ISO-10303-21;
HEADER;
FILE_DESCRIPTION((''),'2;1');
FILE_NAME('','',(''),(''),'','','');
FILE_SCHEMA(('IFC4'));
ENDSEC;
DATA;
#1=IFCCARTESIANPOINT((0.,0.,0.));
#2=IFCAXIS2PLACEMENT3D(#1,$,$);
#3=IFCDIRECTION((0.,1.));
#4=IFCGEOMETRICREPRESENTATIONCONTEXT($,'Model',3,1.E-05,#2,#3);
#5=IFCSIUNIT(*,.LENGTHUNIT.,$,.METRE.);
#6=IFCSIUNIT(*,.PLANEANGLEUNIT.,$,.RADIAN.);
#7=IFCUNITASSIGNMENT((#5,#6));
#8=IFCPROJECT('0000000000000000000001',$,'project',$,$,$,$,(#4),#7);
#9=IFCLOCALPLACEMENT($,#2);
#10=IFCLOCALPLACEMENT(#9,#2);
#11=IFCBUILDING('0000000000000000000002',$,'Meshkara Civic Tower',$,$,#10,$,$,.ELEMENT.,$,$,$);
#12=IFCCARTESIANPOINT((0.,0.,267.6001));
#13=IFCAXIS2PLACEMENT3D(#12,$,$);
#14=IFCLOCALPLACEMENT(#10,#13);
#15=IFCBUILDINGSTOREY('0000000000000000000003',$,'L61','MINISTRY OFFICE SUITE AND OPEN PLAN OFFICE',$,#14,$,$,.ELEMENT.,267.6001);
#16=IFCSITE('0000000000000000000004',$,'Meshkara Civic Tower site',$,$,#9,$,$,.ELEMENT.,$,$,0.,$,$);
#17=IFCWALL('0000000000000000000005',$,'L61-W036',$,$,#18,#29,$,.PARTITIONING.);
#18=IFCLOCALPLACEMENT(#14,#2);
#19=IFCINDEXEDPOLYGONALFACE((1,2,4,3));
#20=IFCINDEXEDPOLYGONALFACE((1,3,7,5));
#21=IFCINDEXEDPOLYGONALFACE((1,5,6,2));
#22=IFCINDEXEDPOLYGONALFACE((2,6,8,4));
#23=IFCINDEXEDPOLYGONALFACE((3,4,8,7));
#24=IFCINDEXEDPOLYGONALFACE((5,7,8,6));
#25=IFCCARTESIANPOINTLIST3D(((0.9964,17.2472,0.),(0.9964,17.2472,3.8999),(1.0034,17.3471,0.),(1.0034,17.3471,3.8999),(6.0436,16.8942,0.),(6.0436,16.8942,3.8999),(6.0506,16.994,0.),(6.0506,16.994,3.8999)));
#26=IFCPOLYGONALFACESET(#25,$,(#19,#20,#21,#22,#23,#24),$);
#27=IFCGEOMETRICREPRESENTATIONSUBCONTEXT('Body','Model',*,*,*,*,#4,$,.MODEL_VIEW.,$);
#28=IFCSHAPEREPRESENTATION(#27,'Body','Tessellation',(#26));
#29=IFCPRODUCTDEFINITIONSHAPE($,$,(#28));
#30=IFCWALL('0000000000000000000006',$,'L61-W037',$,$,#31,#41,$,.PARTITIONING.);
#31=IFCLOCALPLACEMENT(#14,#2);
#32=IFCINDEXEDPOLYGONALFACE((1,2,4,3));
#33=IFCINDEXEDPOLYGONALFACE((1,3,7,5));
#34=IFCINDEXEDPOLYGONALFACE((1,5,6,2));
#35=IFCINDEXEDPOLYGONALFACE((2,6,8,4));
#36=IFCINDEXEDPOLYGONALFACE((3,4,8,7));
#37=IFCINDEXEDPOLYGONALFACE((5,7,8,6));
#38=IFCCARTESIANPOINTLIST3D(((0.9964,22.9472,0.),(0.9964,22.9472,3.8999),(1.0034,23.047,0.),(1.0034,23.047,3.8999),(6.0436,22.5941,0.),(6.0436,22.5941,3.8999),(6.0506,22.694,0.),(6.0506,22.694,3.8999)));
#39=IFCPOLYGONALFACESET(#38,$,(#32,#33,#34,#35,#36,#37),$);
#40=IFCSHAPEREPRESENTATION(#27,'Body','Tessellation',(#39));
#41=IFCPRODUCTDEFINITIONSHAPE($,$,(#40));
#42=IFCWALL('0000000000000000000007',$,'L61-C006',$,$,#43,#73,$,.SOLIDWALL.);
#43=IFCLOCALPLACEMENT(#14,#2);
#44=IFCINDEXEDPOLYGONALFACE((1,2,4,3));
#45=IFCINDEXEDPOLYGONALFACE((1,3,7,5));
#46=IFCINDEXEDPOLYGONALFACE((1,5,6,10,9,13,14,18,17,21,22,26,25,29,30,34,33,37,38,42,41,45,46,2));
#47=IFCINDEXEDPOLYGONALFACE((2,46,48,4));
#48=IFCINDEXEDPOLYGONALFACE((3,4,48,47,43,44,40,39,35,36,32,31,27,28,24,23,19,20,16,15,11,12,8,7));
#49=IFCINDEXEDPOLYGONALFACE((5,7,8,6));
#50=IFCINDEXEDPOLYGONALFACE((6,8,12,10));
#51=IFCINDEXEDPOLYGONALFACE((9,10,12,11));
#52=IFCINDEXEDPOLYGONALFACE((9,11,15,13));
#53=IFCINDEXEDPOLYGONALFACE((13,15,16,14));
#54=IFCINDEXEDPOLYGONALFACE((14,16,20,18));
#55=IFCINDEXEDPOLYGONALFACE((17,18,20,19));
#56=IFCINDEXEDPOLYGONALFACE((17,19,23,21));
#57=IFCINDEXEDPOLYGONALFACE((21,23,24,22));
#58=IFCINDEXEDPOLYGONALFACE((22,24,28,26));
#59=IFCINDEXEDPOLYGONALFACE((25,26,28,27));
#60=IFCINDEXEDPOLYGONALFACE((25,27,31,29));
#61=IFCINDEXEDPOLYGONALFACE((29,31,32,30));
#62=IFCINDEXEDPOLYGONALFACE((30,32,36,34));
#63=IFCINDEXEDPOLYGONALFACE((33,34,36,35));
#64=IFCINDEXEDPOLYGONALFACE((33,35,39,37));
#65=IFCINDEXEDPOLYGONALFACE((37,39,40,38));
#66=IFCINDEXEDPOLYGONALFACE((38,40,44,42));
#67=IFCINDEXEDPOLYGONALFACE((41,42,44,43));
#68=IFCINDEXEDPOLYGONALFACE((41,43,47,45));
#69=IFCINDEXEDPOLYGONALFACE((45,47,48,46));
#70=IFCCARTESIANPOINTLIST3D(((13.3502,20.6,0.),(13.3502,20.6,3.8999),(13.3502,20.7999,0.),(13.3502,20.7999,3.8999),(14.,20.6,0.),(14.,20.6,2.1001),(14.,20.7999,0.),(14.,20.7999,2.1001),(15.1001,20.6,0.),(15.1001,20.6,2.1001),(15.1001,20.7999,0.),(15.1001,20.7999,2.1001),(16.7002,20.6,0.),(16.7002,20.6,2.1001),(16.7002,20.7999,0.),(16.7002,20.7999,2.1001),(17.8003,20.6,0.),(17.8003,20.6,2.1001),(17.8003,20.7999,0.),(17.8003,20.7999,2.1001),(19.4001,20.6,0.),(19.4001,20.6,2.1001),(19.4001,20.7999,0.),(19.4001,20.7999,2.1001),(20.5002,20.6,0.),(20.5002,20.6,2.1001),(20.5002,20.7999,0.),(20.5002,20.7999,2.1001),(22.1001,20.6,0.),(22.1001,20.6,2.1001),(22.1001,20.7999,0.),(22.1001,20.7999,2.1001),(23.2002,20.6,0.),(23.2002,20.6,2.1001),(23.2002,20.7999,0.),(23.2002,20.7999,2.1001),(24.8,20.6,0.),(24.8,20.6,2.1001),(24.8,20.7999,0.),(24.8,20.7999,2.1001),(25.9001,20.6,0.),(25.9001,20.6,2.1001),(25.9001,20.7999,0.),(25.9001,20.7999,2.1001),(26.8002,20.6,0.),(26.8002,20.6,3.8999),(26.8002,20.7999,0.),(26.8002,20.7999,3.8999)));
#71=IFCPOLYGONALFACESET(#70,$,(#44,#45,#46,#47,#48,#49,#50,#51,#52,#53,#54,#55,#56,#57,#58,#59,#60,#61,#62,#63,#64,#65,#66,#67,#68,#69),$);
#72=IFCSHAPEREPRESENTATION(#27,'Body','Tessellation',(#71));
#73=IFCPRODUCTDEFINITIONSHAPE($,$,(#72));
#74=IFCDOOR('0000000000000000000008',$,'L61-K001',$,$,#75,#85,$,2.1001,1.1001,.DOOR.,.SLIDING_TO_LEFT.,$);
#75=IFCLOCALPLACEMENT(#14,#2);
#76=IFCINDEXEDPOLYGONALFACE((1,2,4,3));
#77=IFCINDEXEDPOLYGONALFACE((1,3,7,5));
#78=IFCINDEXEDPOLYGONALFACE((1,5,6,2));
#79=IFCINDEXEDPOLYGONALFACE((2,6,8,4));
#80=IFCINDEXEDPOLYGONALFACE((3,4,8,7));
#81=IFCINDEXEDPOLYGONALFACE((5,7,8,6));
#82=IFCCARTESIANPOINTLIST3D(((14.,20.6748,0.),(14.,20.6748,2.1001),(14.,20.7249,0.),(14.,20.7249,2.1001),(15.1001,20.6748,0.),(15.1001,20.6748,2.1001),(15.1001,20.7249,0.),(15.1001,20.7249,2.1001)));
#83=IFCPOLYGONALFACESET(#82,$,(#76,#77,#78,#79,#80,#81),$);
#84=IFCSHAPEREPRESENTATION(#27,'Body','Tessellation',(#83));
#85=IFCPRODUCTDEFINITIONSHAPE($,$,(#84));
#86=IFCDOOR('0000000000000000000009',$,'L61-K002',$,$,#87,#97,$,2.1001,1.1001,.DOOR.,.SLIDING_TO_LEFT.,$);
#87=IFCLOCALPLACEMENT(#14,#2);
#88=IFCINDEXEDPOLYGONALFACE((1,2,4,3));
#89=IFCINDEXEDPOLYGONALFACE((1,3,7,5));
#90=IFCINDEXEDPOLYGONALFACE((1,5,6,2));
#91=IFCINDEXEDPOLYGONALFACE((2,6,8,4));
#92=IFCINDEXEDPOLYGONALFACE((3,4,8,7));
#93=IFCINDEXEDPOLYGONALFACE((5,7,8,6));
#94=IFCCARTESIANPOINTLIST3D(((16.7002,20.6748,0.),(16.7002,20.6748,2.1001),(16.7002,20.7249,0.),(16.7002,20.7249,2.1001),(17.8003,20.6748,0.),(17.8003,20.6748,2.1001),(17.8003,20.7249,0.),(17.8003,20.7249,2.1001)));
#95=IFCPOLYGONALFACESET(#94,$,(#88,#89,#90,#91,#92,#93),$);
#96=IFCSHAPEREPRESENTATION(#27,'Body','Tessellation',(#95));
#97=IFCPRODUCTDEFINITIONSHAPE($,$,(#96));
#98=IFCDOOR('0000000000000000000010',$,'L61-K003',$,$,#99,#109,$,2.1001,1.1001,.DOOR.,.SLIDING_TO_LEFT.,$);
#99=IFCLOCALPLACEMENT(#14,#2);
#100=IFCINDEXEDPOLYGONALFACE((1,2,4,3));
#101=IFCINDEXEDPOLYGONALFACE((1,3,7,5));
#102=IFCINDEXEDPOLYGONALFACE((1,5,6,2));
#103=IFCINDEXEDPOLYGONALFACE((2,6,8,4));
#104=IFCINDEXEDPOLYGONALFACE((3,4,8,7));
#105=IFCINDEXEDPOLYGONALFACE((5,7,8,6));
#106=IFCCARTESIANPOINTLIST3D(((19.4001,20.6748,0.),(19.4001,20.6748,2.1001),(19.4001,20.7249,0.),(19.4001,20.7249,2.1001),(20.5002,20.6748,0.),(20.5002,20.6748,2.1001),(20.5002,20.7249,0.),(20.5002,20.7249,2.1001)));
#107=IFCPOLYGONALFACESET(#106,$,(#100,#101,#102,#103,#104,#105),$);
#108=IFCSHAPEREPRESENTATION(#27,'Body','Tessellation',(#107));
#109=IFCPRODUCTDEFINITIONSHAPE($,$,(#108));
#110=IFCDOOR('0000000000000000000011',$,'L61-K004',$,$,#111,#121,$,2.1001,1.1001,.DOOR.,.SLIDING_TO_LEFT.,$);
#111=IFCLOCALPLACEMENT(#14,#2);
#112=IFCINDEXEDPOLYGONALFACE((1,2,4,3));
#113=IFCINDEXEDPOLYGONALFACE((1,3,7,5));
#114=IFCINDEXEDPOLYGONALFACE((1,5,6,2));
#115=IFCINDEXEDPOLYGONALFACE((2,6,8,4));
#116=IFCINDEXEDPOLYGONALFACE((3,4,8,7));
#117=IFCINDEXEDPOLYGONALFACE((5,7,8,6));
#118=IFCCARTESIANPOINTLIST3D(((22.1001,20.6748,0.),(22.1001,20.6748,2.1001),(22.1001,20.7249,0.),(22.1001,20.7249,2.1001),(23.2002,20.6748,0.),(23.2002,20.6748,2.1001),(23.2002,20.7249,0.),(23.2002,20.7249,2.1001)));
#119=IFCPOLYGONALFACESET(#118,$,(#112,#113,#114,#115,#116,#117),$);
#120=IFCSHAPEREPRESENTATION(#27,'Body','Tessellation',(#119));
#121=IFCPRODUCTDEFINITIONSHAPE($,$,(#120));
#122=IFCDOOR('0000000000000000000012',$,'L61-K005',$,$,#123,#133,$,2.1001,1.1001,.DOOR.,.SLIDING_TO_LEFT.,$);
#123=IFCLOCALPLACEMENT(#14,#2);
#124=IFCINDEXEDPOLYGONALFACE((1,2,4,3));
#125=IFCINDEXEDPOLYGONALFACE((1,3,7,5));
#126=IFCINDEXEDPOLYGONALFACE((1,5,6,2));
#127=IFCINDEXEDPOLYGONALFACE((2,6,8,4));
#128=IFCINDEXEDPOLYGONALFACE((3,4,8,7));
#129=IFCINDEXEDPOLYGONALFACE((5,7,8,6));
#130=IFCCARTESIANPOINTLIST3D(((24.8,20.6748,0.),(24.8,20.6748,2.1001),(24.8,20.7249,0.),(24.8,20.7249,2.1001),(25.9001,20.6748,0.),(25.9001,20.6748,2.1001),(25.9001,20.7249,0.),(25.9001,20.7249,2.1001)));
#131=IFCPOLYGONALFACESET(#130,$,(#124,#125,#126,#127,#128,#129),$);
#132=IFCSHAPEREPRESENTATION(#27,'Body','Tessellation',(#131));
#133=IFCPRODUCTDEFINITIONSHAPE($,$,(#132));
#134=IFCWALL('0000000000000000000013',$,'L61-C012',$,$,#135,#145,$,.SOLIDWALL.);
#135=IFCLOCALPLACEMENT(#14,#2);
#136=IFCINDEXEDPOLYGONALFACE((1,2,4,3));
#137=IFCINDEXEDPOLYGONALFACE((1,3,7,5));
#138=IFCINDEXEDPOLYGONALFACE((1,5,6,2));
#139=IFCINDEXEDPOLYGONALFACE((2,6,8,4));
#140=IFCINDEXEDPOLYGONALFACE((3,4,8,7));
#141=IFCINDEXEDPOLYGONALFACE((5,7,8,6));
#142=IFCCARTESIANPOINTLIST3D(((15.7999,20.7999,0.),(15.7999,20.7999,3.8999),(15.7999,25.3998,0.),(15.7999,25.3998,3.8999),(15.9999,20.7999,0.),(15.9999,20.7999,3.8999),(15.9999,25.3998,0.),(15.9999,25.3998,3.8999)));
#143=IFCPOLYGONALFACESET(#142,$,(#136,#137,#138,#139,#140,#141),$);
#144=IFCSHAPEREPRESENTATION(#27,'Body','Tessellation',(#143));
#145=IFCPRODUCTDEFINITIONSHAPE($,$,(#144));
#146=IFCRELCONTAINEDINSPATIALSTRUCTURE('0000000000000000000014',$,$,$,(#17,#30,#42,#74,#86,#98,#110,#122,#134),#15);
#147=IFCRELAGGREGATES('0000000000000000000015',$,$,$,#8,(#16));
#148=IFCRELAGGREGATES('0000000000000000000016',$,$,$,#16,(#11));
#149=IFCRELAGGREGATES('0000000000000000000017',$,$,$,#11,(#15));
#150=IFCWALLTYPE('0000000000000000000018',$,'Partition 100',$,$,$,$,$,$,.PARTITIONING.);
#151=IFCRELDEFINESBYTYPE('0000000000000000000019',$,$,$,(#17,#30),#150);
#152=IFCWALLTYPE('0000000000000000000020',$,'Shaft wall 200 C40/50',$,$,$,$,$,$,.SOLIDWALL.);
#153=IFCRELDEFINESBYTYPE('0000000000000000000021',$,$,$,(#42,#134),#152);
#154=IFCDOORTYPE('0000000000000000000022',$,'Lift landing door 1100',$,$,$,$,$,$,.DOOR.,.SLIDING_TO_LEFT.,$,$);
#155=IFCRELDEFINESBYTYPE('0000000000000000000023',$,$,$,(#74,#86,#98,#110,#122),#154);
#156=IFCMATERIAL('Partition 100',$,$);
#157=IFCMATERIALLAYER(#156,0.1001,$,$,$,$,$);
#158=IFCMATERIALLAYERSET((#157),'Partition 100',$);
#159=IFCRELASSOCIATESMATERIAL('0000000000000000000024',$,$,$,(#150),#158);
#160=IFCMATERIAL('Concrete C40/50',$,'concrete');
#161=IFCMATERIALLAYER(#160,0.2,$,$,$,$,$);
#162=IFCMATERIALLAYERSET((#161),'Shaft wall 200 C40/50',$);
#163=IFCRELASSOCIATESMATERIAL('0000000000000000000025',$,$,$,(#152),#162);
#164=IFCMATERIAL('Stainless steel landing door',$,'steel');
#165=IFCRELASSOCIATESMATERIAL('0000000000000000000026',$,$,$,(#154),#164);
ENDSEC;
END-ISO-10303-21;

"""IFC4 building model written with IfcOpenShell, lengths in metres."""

from ifc_helpers import new_model, si_unit, direction, frame, frame_2d, origin, place, context, subcontext, project, spatial, rectangle, extrude, material, layer, layer_set, type_object, element, fill, save


model = new_model("IFC4")

# Units and contexts
model_context = context("Model", 3, precision=1e-05, world=origin(), true_north=direction((0.0, 1.0)))
body_context = subcontext(model_context, "Body", "Model", "MODEL_VIEW")
ifc_project = project(units=[si_unit("LENGTHUNIT", "METRE"), si_unit("PLANEANGLEUNIT", "RADIAN")], contexts=[model_context])

# Site, building, storey
site_placement = place(None, origin())
site = spatial("IfcSite", under=ifc_project, at=site_placement, Name="Meshkara Civic Tower site", CompositionType="ELEMENT", RefElevation=0.0)
building_placement = place(site_placement, origin())
building = spatial("IfcBuilding", under=site, at=building_placement, Name="Meshkara Civic Tower", CompositionType="ELEMENT")
storey_placement = place(building_placement, frame((0.0, 0.0, 267.6001)))
storey = spatial("IfcBuildingStorey", under=building, at=storey_placement, Name="L61", Description="MINISTRY OFFICE SUITE AND OPEN PLAN OFFICE", CompositionType="ELEMENT", Elevation=267.6001)

# Walls
ifc_material_1 = material(Name="Partition 100")
ifc_layer_1 = layer(ifc_material_1, 0.1001)
ifc_layer_set_1 = layer_set([ifc_layer_1], Name="Partition 100")
wall_type_1 = type_object("IfcWallType", Name="Partition 100", PredefinedType="PARTITIONING", material=ifc_layer_set_1)
for number, where, z_axis, x_axis, name in (
    (1, (6.0471, 16.9441, 0.0), (0.0, 0.0, 1.0), (-0.997563, 0.069776, 0.0), "L61-W036"),
    (2, (6.0471, 22.644, 0.0), (0.0, 0.0, 1.0), (-0.997563, 0.069776, 0.0), "L61-W037"),
):
    element("IfcWall", number, at=place(storey_placement, frame(where, z_axis=z_axis, x_axis=x_axis)), inside=storey, type_object=wall_type_1, Name=name, PredefinedType="PARTITIONING", context=body_context, shape_type="SweptSolid", body=[
        extrude(rectangle(XDim=5.0596, YDim=0.1001, at=frame_2d((2.5298, 0.0))), origin(), (0.0, 0.0, 1.0), 3.8999),
    ])

# Wall, openings, doors
ifc_material_2 = material(Name="Concrete C40/50", Category="concrete")
ifc_layer_2 = layer(ifc_material_2, 0.2)
ifc_layer_set_2 = layer_set([ifc_layer_2], Name="Shaft wall 200 C40/50")
wall_type_2 = type_object("IfcWallType", Name="Shaft wall 200 C40/50", PredefinedType="SOLIDWALL", material=ifc_layer_set_2)
wall_1_placement = place(storey_placement, frame((13.3501, 20.7, 0.0), z_axis=(0.0, 0.0, 1.0), x_axis=(1.0, 0.0, 0.0)))
wall_1 = element("IfcWall", 3, at=wall_1_placement, inside=storey, type_object=wall_type_2, Name="L61-C006", PredefinedType="SOLIDWALL", context=body_context, shape_type="SweptSolid", body=[
    extrude(rectangle(XDim=13.45, YDim=0.2, at=frame_2d((6.7251, 0.0))), origin(), (0.0, 0.0, 1.0), 3.8999),
])
opening_1_placement = place(wall_1_placement, frame((0.6499, 0.0, 0.0)))
opening_1 = element("IfcOpeningElement", 4, at=opening_1_placement, cuts=wall_1, PredefinedType="OPENING", context=body_context, shape_type="SweptSolid", body=[
    extrude(rectangle(XDim=1.1001, YDim=2.1001, at=frame_2d((0.55, 1.05))), frame((0.0, 0.1099, 0.0), z_axis=(0.0, -1.0, 0.0), x_axis=(1.0, 0.0, 0.0)), (0.0, 0.0, 1.0), 0.22),
])
opening_2_placement = place(wall_1_placement, frame((3.3501, 0.0, 0.0)))
opening_2 = element("IfcOpeningElement", 5, at=opening_2_placement, cuts=wall_1, PredefinedType="OPENING", context=body_context, shape_type="SweptSolid", body=[
    extrude(rectangle(XDim=1.1001, YDim=2.1001, at=frame_2d((0.55, 1.05))), frame((0.0, 0.1099, 0.0), z_axis=(0.0, -1.0, 0.0), x_axis=(1.0, 0.0, 0.0)), (0.0, 0.0, 1.0), 0.22),
])
opening_3_placement = place(wall_1_placement, frame((6.05, 0.0, 0.0)))
opening_3 = element("IfcOpeningElement", 6, at=opening_3_placement, cuts=wall_1, PredefinedType="OPENING", context=body_context, shape_type="SweptSolid", body=[
    extrude(rectangle(XDim=1.1001, YDim=2.1001, at=frame_2d((0.55, 1.05))), frame((0.0, 0.1099, 0.0), z_axis=(0.0, -1.0, 0.0), x_axis=(1.0, 0.0, 0.0)), (0.0, 0.0, 1.0), 0.22),
])
opening_4_placement = place(wall_1_placement, frame((8.75, 0.0, 0.0)))
opening_4 = element("IfcOpeningElement", 7, at=opening_4_placement, cuts=wall_1, PredefinedType="OPENING", context=body_context, shape_type="SweptSolid", body=[
    extrude(rectangle(XDim=1.1001, YDim=2.1001, at=frame_2d((0.55, 1.05))), frame((0.0, 0.1099, 0.0), z_axis=(0.0, -1.0, 0.0), x_axis=(1.0, 0.0, 0.0)), (0.0, 0.0, 1.0), 0.22),
])
opening_5_placement = place(wall_1_placement, frame((11.45, 0.0, 0.0)))
opening_5 = element("IfcOpeningElement", 8, at=opening_5_placement, cuts=wall_1, PredefinedType="OPENING", context=body_context, shape_type="SweptSolid", body=[
    extrude(rectangle(XDim=1.1001, YDim=2.1001, at=frame_2d((0.55, 1.05))), frame((0.0, 0.1099, 0.0), z_axis=(0.0, -1.0, 0.0), x_axis=(1.0, 0.0, 0.0)), (0.0, 0.0, 1.0), 0.22),
])
ifc_material_3 = material(Name="Stainless steel landing door", Category="steel")
door_type_1 = type_object("IfcDoorType", Name="Lift landing door 1100", OperationType="SLIDING_TO_LEFT", PredefinedType="DOOR", material=ifc_material_3)
door_1_placement = place(opening_1_placement, origin())
door_1 = element("IfcDoor", 9, at=door_1_placement, inside=storey, type_object=door_type_1, Name="L61-K001", OperationType="SLIDING_TO_LEFT", OverallHeight=2.1001, OverallWidth=1.1001, PredefinedType="DOOR", context=body_context, shape_type="SweptSolid", body=[
    extrude(rectangle(XDim=1.1001, YDim=2.1001, at=frame_2d((0.55, 1.05))), frame((0.0, 0.0249, 0.0), z_axis=(0.0, -1.0, 0.0), x_axis=(1.0, 0.0, 0.0)), (0.0, 0.0, 1.0), 0.05),
])
fill(opening_1, door_1)
door_2_placement = place(opening_2_placement, origin())
door_2 = element("IfcDoor", 10, at=door_2_placement, inside=storey, type_object=door_type_1, Name="L61-K002", OperationType="SLIDING_TO_LEFT", OverallHeight=2.1001, OverallWidth=1.1001, PredefinedType="DOOR", context=body_context, shape_type="SweptSolid", body=[
    extrude(rectangle(XDim=1.1001, YDim=2.1001, at=frame_2d((0.55, 1.05))), frame((0.0, 0.0249, 0.0), z_axis=(0.0, -1.0, 0.0), x_axis=(1.0, 0.0, 0.0)), (0.0, 0.0, 1.0), 0.05),
])
fill(opening_2, door_2)
door_3_placement = place(opening_3_placement, origin())
door_3 = element("IfcDoor", 11, at=door_3_placement, inside=storey, type_object=door_type_1, Name="L61-K003", OperationType="SLIDING_TO_LEFT", OverallHeight=2.1001, OverallWidth=1.1001, PredefinedType="DOOR", context=body_context, shape_type="SweptSolid", body=[
    extrude(rectangle(XDim=1.1001, YDim=2.1001, at=frame_2d((0.55, 1.05))), frame((0.0, 0.0249, 0.0), z_axis=(0.0, -1.0, 0.0), x_axis=(1.0, 0.0, 0.0)), (0.0, 0.0, 1.0), 0.05),
])
fill(opening_3, door_3)
door_4_placement = place(opening_4_placement, origin())
door_4 = element("IfcDoor", 12, at=door_4_placement, inside=storey, type_object=door_type_1, Name="L61-K004", OperationType="SLIDING_TO_LEFT", OverallHeight=2.1001, OverallWidth=1.1001, PredefinedType="DOOR", context=body_context, shape_type="SweptSolid", body=[
    extrude(rectangle(XDim=1.1001, YDim=2.1001, at=frame_2d((0.55, 1.05))), frame((0.0, 0.0249, 0.0), z_axis=(0.0, -1.0, 0.0), x_axis=(1.0, 0.0, 0.0)), (0.0, 0.0, 1.0), 0.05),
])
fill(opening_4, door_4)
door_5_placement = place(opening_5_placement, origin())
door_5 = element("IfcDoor", 13, at=door_5_placement, inside=storey, type_object=door_type_1, Name="L61-K005", OperationType="SLIDING_TO_LEFT", OverallHeight=2.1001, OverallWidth=1.1001, PredefinedType="DOOR", context=body_context, shape_type="SweptSolid", body=[
    extrude(rectangle(XDim=1.1001, YDim=2.1001, at=frame_2d((0.55, 1.05))), frame((0.0, 0.0249, 0.0), z_axis=(0.0, -1.0, 0.0), x_axis=(1.0, 0.0, 0.0)), (0.0, 0.0, 1.0), 0.05),
])
fill(opening_5, door_5)

# Wall
wall_2_placement = place(storey_placement, frame((15.8999, 20.8, 0.0), z_axis=(0.0, 0.0, 1.0), x_axis=(0.0, 1.0, 0.0)))
element("IfcWall", 14, at=wall_2_placement, inside=storey, type_object=wall_type_2, Name="L61-C012", PredefinedType="SOLIDWALL", context=body_context, shape_type="SweptSolid", body=[
    extrude(rectangle(XDim=4.5999, YDim=0.2, at=frame_2d((2.2998, 0.0))), origin(), (0.0, 0.0, 1.0), 3.8999),
])

save(model, "model.ifc")
